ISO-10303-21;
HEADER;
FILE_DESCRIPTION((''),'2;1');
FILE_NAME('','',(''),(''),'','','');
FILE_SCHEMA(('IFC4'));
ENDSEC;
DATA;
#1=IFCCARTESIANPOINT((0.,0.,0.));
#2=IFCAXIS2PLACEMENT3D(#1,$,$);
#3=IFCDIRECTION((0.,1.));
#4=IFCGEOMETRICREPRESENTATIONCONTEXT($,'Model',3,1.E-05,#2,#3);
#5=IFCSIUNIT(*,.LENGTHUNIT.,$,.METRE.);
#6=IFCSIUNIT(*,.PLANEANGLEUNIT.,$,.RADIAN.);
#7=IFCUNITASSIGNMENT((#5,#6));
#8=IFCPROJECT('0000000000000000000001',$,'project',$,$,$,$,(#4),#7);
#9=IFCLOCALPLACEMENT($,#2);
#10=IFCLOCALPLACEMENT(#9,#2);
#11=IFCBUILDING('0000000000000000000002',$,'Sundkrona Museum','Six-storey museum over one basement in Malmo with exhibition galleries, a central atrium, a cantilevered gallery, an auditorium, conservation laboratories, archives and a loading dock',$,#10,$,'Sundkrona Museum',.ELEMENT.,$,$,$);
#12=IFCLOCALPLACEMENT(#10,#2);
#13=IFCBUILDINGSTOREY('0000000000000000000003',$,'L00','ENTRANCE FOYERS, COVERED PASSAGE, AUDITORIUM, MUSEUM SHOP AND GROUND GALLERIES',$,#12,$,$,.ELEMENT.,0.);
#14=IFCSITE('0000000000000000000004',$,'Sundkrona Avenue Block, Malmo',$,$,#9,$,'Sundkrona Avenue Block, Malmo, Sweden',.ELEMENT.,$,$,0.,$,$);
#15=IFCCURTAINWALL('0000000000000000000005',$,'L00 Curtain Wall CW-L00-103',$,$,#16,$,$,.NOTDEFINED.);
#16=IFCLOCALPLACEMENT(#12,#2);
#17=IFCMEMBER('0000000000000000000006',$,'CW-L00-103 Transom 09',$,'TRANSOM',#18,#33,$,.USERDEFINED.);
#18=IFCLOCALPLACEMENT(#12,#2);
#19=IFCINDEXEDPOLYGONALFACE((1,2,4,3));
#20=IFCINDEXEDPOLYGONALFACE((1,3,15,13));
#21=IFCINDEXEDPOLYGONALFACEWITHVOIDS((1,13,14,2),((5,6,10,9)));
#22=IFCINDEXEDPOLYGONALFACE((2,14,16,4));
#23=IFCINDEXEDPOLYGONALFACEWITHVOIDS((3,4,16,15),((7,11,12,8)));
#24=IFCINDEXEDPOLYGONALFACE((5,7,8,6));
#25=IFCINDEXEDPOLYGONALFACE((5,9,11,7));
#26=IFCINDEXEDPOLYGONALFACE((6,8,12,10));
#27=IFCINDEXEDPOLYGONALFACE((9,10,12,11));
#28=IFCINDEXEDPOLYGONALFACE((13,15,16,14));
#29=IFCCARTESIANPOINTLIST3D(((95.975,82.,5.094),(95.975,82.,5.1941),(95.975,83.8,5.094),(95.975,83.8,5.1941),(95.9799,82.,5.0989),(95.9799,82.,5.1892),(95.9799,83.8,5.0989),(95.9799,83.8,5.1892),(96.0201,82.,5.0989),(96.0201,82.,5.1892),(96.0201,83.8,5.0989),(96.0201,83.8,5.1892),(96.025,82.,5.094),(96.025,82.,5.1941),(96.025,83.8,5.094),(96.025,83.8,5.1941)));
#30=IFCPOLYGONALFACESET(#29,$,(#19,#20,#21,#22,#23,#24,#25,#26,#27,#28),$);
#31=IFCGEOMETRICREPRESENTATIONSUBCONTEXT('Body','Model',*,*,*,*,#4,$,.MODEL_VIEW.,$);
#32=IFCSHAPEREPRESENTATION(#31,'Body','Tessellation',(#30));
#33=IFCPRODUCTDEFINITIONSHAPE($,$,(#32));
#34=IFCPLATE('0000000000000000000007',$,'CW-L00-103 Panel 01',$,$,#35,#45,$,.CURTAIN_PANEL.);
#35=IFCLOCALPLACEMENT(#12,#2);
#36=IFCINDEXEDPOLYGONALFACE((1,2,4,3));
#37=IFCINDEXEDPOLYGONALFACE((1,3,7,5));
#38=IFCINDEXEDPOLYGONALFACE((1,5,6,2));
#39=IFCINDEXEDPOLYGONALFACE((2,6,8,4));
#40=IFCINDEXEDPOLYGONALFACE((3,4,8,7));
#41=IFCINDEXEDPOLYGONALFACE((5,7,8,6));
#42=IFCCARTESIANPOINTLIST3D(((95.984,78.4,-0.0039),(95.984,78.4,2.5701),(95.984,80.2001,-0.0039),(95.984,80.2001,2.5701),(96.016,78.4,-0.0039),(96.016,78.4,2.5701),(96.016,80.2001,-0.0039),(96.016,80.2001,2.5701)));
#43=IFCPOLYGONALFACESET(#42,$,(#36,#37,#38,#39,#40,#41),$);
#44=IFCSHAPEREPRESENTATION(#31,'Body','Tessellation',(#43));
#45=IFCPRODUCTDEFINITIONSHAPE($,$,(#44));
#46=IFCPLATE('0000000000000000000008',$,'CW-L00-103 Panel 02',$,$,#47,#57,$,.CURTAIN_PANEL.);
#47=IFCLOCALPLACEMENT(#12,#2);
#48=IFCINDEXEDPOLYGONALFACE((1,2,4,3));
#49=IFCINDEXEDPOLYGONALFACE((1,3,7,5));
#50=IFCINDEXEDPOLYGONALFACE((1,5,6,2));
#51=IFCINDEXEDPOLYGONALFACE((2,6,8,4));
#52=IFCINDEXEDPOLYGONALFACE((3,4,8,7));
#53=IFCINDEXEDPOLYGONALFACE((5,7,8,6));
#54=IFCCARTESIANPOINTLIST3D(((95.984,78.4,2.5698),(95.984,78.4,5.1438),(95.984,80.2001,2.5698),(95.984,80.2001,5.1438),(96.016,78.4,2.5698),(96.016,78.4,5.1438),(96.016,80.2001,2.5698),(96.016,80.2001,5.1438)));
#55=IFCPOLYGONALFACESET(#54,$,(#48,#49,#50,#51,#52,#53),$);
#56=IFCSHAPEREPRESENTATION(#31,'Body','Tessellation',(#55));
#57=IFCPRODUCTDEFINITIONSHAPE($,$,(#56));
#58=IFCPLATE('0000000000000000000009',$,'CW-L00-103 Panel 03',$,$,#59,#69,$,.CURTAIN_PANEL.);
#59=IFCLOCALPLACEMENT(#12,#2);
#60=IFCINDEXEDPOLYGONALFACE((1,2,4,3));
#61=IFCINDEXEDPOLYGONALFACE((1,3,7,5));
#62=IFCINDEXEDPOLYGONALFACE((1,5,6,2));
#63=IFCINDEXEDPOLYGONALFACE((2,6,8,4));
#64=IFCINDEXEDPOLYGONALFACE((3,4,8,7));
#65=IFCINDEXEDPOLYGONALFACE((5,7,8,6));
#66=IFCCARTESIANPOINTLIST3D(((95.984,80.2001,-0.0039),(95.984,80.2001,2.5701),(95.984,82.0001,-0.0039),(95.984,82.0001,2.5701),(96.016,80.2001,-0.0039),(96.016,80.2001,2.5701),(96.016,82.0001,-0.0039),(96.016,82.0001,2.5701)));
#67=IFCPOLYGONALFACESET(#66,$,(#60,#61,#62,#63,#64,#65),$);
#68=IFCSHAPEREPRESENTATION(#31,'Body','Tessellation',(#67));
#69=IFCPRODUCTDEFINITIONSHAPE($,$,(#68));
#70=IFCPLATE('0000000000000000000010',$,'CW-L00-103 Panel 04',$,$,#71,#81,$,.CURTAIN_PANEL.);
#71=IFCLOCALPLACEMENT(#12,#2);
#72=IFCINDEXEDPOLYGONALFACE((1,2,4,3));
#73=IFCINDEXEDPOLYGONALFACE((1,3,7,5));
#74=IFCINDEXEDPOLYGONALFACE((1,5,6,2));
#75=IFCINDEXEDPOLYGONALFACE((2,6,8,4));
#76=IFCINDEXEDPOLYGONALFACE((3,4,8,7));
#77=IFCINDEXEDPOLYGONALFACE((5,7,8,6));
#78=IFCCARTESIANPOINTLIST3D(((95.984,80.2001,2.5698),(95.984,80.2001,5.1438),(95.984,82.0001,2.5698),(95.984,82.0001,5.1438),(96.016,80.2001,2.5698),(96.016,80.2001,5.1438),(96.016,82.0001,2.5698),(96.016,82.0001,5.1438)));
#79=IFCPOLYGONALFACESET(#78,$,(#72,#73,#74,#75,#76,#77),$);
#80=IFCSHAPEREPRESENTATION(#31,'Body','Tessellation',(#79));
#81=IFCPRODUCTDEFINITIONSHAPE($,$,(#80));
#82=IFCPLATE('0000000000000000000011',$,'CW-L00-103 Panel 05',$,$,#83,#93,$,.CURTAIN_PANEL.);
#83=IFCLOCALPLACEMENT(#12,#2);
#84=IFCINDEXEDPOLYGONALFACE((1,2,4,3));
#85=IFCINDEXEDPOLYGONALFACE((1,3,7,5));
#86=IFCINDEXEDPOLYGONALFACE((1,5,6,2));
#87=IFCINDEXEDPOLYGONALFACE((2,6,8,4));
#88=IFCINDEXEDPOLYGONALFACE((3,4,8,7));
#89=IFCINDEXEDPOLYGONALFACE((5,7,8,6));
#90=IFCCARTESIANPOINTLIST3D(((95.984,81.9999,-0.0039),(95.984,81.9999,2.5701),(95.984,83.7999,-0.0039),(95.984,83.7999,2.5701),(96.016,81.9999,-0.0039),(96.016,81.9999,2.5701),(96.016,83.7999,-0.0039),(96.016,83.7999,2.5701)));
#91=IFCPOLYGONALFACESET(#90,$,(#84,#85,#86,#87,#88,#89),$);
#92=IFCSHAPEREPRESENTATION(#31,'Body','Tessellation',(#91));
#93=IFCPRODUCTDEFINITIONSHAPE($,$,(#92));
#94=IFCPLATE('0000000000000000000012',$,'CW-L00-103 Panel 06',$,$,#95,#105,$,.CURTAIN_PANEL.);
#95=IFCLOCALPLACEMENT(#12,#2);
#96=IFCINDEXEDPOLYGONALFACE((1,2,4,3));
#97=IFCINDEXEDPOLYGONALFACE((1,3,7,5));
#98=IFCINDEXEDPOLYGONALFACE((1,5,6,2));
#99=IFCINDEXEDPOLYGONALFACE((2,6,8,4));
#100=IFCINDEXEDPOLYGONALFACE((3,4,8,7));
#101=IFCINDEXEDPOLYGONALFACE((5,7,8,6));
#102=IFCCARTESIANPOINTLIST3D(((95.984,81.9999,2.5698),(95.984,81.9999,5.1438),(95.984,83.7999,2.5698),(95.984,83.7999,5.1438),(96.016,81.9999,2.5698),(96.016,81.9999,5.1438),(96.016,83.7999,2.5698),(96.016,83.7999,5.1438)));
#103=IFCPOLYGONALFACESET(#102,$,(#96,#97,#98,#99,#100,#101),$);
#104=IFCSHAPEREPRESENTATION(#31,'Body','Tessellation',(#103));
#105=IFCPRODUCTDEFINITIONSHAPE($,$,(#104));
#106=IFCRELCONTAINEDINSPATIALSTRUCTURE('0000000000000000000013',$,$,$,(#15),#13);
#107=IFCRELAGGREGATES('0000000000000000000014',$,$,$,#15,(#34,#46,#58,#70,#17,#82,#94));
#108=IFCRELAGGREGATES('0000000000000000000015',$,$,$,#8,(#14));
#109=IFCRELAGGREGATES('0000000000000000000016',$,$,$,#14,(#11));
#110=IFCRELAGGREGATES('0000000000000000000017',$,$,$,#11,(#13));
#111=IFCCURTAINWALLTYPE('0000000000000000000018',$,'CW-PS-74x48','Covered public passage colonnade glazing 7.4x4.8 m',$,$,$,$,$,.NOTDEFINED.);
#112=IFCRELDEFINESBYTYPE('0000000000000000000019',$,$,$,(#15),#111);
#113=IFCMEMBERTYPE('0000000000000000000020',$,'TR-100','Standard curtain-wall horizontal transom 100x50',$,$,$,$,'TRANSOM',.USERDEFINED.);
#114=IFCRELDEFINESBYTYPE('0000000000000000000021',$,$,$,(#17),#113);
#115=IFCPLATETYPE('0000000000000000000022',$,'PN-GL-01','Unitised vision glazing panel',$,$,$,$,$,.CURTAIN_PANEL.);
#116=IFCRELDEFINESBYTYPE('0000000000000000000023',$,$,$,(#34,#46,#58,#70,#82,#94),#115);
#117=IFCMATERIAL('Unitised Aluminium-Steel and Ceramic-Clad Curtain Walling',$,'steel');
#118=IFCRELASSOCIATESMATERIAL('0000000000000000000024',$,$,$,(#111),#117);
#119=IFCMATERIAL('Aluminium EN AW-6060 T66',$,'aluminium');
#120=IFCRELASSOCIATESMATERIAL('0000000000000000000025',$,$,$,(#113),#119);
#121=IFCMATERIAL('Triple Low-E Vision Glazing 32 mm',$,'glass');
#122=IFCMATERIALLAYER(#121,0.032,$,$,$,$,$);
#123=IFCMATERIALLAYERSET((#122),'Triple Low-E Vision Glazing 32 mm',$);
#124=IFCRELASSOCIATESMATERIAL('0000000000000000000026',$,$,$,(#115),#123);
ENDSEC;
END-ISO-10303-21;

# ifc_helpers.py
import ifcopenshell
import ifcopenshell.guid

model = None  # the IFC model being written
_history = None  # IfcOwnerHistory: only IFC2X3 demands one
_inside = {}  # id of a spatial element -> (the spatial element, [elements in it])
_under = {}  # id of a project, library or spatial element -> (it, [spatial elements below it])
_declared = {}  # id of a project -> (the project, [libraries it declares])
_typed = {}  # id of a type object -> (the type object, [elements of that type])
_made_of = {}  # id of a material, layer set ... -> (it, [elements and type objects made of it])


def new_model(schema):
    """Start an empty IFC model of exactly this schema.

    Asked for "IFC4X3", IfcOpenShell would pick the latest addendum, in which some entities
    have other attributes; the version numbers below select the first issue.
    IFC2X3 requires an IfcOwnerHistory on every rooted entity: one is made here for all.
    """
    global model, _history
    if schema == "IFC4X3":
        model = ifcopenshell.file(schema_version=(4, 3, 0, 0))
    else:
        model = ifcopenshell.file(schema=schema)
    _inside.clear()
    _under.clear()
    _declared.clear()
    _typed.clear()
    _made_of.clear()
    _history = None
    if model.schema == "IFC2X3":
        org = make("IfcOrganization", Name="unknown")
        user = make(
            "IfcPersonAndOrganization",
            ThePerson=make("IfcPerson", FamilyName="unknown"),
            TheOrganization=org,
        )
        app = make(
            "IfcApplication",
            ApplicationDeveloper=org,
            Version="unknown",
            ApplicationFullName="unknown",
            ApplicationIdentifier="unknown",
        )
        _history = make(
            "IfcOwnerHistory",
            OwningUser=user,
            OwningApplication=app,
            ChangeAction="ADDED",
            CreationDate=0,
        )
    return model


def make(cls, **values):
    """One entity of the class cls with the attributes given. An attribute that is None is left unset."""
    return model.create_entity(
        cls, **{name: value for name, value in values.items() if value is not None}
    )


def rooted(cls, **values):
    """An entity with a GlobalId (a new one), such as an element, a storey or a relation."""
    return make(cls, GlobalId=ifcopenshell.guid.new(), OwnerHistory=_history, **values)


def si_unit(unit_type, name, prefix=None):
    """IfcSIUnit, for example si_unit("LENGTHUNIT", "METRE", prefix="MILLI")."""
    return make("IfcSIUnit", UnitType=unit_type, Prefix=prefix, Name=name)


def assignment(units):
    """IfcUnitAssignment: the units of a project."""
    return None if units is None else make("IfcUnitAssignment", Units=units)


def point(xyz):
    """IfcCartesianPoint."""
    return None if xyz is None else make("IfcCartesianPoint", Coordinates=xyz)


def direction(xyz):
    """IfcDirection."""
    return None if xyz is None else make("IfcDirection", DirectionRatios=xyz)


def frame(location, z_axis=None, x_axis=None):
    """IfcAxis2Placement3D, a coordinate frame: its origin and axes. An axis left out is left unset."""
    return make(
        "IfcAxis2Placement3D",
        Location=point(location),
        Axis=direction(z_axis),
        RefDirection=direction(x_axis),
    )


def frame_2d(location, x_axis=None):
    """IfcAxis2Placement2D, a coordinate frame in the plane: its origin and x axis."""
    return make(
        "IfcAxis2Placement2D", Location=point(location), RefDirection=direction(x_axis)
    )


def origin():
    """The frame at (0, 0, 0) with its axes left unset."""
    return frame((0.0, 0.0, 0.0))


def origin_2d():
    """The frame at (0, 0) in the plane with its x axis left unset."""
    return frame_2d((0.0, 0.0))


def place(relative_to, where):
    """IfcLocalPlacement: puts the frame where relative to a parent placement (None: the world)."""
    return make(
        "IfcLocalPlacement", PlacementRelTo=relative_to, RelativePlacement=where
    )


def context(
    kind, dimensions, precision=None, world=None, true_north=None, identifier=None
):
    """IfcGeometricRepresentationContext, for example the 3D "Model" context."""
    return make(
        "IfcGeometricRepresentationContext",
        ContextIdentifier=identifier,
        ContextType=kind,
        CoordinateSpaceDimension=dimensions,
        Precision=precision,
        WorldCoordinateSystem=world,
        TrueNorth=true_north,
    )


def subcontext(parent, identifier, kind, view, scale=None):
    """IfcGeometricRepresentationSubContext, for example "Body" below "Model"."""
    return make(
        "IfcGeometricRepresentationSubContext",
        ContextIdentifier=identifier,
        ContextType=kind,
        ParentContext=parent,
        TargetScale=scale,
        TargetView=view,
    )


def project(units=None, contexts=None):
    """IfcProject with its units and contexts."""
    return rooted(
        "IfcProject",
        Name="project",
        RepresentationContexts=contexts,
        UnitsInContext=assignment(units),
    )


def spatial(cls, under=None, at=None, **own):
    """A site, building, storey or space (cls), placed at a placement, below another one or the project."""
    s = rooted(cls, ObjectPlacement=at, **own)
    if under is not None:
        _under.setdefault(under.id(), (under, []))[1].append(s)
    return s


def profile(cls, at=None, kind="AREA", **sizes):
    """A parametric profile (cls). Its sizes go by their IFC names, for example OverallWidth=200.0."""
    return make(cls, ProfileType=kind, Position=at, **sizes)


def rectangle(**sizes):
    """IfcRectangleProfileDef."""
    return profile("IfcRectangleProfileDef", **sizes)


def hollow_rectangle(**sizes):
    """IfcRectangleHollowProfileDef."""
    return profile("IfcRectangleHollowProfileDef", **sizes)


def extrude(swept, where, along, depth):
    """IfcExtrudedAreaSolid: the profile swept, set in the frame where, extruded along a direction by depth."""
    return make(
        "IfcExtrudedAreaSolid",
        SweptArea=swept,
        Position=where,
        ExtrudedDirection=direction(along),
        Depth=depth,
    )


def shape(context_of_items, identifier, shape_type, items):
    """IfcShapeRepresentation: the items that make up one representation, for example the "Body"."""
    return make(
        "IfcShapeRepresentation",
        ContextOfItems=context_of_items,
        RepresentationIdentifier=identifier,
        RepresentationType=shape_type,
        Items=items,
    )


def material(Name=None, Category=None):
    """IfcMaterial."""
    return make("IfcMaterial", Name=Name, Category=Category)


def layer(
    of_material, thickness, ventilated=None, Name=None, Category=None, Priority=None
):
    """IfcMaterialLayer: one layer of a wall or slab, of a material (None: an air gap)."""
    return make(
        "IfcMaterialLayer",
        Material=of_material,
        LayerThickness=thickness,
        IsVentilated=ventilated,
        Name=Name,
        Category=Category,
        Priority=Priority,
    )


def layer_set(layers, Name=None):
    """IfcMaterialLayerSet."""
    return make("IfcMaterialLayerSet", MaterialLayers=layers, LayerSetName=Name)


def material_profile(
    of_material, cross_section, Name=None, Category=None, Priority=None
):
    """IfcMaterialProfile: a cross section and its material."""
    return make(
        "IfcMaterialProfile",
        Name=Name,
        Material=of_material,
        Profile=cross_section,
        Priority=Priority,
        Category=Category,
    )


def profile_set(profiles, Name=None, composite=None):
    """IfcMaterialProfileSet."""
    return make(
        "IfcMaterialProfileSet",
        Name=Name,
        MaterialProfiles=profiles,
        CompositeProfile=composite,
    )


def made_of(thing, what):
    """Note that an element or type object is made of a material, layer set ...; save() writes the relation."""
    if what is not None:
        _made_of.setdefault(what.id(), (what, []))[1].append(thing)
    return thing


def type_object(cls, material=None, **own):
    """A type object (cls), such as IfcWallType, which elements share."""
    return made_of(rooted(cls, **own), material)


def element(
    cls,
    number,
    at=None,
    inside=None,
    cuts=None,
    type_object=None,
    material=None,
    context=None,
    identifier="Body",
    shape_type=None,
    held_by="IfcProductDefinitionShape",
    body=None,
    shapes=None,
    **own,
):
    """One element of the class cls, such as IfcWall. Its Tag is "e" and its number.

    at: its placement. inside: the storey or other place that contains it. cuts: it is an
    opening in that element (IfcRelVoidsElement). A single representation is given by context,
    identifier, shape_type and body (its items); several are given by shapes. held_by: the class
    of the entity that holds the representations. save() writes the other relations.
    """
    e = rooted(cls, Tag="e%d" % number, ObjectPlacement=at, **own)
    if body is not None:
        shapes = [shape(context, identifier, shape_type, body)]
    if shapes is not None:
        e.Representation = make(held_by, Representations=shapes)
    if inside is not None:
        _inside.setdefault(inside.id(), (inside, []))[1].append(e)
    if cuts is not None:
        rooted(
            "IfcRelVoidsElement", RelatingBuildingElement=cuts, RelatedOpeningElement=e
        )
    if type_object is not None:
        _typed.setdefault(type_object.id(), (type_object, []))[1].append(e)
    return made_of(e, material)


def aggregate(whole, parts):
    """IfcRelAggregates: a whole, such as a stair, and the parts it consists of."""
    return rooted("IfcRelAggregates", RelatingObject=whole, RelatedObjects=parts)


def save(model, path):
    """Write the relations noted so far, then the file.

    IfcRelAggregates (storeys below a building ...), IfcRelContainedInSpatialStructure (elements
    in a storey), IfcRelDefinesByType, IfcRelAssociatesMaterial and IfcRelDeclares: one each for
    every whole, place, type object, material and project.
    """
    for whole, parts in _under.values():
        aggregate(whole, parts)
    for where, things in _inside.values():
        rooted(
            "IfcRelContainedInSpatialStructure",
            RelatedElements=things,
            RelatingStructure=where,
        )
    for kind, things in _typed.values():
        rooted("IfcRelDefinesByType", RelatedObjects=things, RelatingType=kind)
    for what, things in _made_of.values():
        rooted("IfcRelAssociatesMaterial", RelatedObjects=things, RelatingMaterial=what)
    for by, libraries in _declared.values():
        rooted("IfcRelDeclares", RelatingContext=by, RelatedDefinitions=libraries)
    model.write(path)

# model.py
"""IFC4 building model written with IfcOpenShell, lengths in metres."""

from ifc_helpers import new_model, si_unit, direction, frame, origin, origin_2d, place, context, subcontext, project, spatial, rectangle, hollow_rectangle, extrude, material, layer, layer_set, material_profile, profile_set, type_object, element, aggregate, save


model = new_model("IFC4")

# Units and contexts
model_context = context("Model", 3, precision=1e-05, world=origin(), true_north=direction((0.0, 1.0)))
body_context = subcontext(model_context, "Body", "Model", "MODEL_VIEW")
ifc_project = project(units=[si_unit("LENGTHUNIT", "METRE"), si_unit("PLANEANGLEUNIT", "RADIAN")], contexts=[model_context])

# Site, building, storey
site_placement = place(None, origin())
site = spatial("IfcSite", under=ifc_project, at=site_placement, Name="Sundkrona Avenue Block, Malmo", LongName="Sundkrona Avenue Block, Malmo, Sweden", CompositionType="ELEMENT", RefElevation=0.0)
building_placement = place(site_placement, origin())
building = spatial("IfcBuilding", under=site, at=building_placement, Name="Sundkrona Museum", Description="Six-storey museum over one basement in Malmo with exhibition galleries, a central atrium, a cantilevered gallery, an auditorium, conservation laboratories, archives and a loading dock", LongName="Sundkrona Museum", CompositionType="ELEMENT")
storey_placement = place(building_placement, origin())
storey = spatial("IfcBuildingStorey", under=building, at=storey_placement, Name="L00", Description="ENTRANCE FOYERS, COVERED PASSAGE, AUDITORIUM, MUSEUM SHOP AND GROUND GALLERIES", CompositionType="ELEMENT", Elevation=0.0)

# Curtain wall, member, plates
ifc_material_1 = material(Name="Unitised Aluminium-Steel and Ceramic-Clad Curtain Walling", Category="steel")
curtain_wall_type = type_object("IfcCurtainWallType", Name="CW-PS-74x48", Description="Covered public passage colonnade glazing 7.4x4.8 m", PredefinedType="NOTDEFINED", material=ifc_material_1)
curtain_wall_placement = place(storey_placement, origin())
curtain_wall = element("IfcCurtainWall", 1, at=curtain_wall_placement, inside=storey, type_object=curtain_wall_type, Name="L00 Curtain Wall CW-L00-103", PredefinedType="NOTDEFINED")
ifc_material_2 = material(Name="Aluminium EN AW-6060 T66", Category="aluminium")
ifc_material_profile_1 = material_profile(ifc_material_2, hollow_rectangle(XDim=0.05, YDim=0.1001, WallThickness=0.0049, at=origin_2d()), Name="RHS 100x50x5.0")
ifc_profile_set_1 = profile_set([ifc_material_profile_1], Name="Aluminium EN AW-6060 T66")
member_type_1 = type_object("IfcMemberType", Name="TR-100", Description="Standard curtain-wall horizontal transom 100x50", ElementType="TRANSOM", PredefinedType="USERDEFINED", material=ifc_profile_set_1)
member_1_placement = place(storey_placement, frame((96.0, 82.0, 5.144), z_axis=(0.0, 1.0, 0.0), x_axis=(-1.0, 0.0, 0.0)))
member_1 = element("IfcMember", 2, at=member_1_placement, type_object=member_type_1, Name="CW-L00-103 Transom 09", ObjectType="TRANSOM", PredefinedType="USERDEFINED", context=body_context, shape_type="SweptSolid", body=[
    extrude(hollow_rectangle(XDim=0.05, YDim=0.1001, WallThickness=0.0049, at=origin_2d()), origin(), (0.0, 0.0, 1.0), 1.8),
])
ifc_material_3 = material(Name="Triple Low-E Vision Glazing 32 mm", Category="glass")
ifc_layer = layer(ifc_material_3, 0.032)
ifc_layer_set = layer_set([ifc_layer], Name="Triple Low-E Vision Glazing 32 mm")
plate_type = type_object("IfcPlateType", Name="PN-GL-01", Description="Unitised vision glazing panel", PredefinedType="CURTAIN_PANEL", material=ifc_layer_set)
plate_1_placement = place(storey_placement, frame((96.0, 79.3, -0.0039), z_axis=(0.0, 0.0, 1.0), x_axis=(0.0, 1.0, 0.0)))
plate_1 = element("IfcPlate", 3, at=plate_1_placement, type_object=plate_type, Name="CW-L00-103 Panel 01", PredefinedType="CURTAIN_PANEL", context=body_context, shape_type="SweptSolid", body=[
    extrude(rectangle(XDim=1.8, YDim=0.032, at=origin_2d()), origin(), (0.0, 0.0, 1.0), 2.574),
])
plate_2_placement = place(storey_placement, frame((96.0, 79.3, 2.5698), z_axis=(0.0, 0.0, 1.0), x_axis=(0.0, 1.0, 0.0)))
plate_2 = element("IfcPlate", 4, at=plate_2_placement, type_object=plate_type, Name="CW-L00-103 Panel 02", PredefinedType="CURTAIN_PANEL", context=body_context, shape_type="SweptSolid", body=[
    extrude(rectangle(XDim=1.8, YDim=0.032, at=origin_2d()), origin(), (0.0, 0.0, 1.0), 2.574),
])
plate_3_placement = place(storey_placement, frame((96.0, 81.1001, -0.0039), z_axis=(0.0, 0.0, 1.0), x_axis=(0.0, 1.0, 0.0)))
plate_3 = element("IfcPlate", 5, at=plate_3_placement, type_object=plate_type, Name="CW-L00-103 Panel 03", PredefinedType="CURTAIN_PANEL", context=body_context, shape_type="SweptSolid", body=[
    extrude(rectangle(XDim=1.8, YDim=0.032, at=origin_2d()), origin(), (0.0, 0.0, 1.0), 2.574),
])
plate_4_placement = place(storey_placement, frame((96.0, 81.1001, 2.5698), z_axis=(0.0, 0.0, 1.0), x_axis=(0.0, 1.0, 0.0)))
plate_4 = element("IfcPlate", 6, at=plate_4_placement, type_object=plate_type, Name="CW-L00-103 Panel 04", PredefinedType="CURTAIN_PANEL", context=body_context, shape_type="SweptSolid", body=[
    extrude(rectangle(XDim=1.8, YDim=0.032, at=origin_2d()), origin(), (0.0, 0.0, 1.0), 2.574),
])
plate_5_placement = place(storey_placement, frame((96.0, 82.8999, -0.0039), z_axis=(0.0, 0.0, 1.0), x_axis=(0.0, 1.0, 0.0)))
plate_5 = element("IfcPlate", 7, at=plate_5_placement, type_object=plate_type, Name="CW-L00-103 Panel 05", PredefinedType="CURTAIN_PANEL", context=body_context, shape_type="SweptSolid", body=[
    extrude(rectangle(XDim=1.8, YDim=0.032, at=origin_2d()), origin(), (0.0, 0.0, 1.0), 2.574),
])
plate_6_placement = place(storey_placement, frame((96.0, 82.8999, 2.5698), z_axis=(0.0, 0.0, 1.0), x_axis=(0.0, 1.0, 0.0)))
plate_6 = element("IfcPlate", 8, at=plate_6_placement, type_object=plate_type, Name="CW-L00-103 Panel 06", PredefinedType="CURTAIN_PANEL", context=body_context, shape_type="SweptSolid", body=[
    extrude(rectangle(XDim=1.8, YDim=0.032, at=origin_2d()), origin(), (0.0, 0.0, 1.0), 2.574),
])
aggregate(curtain_wall, [plate_1, plate_2, plate_3, plate_4, member_1, plate_5, plate_6])

save(model, "model.ifc")
